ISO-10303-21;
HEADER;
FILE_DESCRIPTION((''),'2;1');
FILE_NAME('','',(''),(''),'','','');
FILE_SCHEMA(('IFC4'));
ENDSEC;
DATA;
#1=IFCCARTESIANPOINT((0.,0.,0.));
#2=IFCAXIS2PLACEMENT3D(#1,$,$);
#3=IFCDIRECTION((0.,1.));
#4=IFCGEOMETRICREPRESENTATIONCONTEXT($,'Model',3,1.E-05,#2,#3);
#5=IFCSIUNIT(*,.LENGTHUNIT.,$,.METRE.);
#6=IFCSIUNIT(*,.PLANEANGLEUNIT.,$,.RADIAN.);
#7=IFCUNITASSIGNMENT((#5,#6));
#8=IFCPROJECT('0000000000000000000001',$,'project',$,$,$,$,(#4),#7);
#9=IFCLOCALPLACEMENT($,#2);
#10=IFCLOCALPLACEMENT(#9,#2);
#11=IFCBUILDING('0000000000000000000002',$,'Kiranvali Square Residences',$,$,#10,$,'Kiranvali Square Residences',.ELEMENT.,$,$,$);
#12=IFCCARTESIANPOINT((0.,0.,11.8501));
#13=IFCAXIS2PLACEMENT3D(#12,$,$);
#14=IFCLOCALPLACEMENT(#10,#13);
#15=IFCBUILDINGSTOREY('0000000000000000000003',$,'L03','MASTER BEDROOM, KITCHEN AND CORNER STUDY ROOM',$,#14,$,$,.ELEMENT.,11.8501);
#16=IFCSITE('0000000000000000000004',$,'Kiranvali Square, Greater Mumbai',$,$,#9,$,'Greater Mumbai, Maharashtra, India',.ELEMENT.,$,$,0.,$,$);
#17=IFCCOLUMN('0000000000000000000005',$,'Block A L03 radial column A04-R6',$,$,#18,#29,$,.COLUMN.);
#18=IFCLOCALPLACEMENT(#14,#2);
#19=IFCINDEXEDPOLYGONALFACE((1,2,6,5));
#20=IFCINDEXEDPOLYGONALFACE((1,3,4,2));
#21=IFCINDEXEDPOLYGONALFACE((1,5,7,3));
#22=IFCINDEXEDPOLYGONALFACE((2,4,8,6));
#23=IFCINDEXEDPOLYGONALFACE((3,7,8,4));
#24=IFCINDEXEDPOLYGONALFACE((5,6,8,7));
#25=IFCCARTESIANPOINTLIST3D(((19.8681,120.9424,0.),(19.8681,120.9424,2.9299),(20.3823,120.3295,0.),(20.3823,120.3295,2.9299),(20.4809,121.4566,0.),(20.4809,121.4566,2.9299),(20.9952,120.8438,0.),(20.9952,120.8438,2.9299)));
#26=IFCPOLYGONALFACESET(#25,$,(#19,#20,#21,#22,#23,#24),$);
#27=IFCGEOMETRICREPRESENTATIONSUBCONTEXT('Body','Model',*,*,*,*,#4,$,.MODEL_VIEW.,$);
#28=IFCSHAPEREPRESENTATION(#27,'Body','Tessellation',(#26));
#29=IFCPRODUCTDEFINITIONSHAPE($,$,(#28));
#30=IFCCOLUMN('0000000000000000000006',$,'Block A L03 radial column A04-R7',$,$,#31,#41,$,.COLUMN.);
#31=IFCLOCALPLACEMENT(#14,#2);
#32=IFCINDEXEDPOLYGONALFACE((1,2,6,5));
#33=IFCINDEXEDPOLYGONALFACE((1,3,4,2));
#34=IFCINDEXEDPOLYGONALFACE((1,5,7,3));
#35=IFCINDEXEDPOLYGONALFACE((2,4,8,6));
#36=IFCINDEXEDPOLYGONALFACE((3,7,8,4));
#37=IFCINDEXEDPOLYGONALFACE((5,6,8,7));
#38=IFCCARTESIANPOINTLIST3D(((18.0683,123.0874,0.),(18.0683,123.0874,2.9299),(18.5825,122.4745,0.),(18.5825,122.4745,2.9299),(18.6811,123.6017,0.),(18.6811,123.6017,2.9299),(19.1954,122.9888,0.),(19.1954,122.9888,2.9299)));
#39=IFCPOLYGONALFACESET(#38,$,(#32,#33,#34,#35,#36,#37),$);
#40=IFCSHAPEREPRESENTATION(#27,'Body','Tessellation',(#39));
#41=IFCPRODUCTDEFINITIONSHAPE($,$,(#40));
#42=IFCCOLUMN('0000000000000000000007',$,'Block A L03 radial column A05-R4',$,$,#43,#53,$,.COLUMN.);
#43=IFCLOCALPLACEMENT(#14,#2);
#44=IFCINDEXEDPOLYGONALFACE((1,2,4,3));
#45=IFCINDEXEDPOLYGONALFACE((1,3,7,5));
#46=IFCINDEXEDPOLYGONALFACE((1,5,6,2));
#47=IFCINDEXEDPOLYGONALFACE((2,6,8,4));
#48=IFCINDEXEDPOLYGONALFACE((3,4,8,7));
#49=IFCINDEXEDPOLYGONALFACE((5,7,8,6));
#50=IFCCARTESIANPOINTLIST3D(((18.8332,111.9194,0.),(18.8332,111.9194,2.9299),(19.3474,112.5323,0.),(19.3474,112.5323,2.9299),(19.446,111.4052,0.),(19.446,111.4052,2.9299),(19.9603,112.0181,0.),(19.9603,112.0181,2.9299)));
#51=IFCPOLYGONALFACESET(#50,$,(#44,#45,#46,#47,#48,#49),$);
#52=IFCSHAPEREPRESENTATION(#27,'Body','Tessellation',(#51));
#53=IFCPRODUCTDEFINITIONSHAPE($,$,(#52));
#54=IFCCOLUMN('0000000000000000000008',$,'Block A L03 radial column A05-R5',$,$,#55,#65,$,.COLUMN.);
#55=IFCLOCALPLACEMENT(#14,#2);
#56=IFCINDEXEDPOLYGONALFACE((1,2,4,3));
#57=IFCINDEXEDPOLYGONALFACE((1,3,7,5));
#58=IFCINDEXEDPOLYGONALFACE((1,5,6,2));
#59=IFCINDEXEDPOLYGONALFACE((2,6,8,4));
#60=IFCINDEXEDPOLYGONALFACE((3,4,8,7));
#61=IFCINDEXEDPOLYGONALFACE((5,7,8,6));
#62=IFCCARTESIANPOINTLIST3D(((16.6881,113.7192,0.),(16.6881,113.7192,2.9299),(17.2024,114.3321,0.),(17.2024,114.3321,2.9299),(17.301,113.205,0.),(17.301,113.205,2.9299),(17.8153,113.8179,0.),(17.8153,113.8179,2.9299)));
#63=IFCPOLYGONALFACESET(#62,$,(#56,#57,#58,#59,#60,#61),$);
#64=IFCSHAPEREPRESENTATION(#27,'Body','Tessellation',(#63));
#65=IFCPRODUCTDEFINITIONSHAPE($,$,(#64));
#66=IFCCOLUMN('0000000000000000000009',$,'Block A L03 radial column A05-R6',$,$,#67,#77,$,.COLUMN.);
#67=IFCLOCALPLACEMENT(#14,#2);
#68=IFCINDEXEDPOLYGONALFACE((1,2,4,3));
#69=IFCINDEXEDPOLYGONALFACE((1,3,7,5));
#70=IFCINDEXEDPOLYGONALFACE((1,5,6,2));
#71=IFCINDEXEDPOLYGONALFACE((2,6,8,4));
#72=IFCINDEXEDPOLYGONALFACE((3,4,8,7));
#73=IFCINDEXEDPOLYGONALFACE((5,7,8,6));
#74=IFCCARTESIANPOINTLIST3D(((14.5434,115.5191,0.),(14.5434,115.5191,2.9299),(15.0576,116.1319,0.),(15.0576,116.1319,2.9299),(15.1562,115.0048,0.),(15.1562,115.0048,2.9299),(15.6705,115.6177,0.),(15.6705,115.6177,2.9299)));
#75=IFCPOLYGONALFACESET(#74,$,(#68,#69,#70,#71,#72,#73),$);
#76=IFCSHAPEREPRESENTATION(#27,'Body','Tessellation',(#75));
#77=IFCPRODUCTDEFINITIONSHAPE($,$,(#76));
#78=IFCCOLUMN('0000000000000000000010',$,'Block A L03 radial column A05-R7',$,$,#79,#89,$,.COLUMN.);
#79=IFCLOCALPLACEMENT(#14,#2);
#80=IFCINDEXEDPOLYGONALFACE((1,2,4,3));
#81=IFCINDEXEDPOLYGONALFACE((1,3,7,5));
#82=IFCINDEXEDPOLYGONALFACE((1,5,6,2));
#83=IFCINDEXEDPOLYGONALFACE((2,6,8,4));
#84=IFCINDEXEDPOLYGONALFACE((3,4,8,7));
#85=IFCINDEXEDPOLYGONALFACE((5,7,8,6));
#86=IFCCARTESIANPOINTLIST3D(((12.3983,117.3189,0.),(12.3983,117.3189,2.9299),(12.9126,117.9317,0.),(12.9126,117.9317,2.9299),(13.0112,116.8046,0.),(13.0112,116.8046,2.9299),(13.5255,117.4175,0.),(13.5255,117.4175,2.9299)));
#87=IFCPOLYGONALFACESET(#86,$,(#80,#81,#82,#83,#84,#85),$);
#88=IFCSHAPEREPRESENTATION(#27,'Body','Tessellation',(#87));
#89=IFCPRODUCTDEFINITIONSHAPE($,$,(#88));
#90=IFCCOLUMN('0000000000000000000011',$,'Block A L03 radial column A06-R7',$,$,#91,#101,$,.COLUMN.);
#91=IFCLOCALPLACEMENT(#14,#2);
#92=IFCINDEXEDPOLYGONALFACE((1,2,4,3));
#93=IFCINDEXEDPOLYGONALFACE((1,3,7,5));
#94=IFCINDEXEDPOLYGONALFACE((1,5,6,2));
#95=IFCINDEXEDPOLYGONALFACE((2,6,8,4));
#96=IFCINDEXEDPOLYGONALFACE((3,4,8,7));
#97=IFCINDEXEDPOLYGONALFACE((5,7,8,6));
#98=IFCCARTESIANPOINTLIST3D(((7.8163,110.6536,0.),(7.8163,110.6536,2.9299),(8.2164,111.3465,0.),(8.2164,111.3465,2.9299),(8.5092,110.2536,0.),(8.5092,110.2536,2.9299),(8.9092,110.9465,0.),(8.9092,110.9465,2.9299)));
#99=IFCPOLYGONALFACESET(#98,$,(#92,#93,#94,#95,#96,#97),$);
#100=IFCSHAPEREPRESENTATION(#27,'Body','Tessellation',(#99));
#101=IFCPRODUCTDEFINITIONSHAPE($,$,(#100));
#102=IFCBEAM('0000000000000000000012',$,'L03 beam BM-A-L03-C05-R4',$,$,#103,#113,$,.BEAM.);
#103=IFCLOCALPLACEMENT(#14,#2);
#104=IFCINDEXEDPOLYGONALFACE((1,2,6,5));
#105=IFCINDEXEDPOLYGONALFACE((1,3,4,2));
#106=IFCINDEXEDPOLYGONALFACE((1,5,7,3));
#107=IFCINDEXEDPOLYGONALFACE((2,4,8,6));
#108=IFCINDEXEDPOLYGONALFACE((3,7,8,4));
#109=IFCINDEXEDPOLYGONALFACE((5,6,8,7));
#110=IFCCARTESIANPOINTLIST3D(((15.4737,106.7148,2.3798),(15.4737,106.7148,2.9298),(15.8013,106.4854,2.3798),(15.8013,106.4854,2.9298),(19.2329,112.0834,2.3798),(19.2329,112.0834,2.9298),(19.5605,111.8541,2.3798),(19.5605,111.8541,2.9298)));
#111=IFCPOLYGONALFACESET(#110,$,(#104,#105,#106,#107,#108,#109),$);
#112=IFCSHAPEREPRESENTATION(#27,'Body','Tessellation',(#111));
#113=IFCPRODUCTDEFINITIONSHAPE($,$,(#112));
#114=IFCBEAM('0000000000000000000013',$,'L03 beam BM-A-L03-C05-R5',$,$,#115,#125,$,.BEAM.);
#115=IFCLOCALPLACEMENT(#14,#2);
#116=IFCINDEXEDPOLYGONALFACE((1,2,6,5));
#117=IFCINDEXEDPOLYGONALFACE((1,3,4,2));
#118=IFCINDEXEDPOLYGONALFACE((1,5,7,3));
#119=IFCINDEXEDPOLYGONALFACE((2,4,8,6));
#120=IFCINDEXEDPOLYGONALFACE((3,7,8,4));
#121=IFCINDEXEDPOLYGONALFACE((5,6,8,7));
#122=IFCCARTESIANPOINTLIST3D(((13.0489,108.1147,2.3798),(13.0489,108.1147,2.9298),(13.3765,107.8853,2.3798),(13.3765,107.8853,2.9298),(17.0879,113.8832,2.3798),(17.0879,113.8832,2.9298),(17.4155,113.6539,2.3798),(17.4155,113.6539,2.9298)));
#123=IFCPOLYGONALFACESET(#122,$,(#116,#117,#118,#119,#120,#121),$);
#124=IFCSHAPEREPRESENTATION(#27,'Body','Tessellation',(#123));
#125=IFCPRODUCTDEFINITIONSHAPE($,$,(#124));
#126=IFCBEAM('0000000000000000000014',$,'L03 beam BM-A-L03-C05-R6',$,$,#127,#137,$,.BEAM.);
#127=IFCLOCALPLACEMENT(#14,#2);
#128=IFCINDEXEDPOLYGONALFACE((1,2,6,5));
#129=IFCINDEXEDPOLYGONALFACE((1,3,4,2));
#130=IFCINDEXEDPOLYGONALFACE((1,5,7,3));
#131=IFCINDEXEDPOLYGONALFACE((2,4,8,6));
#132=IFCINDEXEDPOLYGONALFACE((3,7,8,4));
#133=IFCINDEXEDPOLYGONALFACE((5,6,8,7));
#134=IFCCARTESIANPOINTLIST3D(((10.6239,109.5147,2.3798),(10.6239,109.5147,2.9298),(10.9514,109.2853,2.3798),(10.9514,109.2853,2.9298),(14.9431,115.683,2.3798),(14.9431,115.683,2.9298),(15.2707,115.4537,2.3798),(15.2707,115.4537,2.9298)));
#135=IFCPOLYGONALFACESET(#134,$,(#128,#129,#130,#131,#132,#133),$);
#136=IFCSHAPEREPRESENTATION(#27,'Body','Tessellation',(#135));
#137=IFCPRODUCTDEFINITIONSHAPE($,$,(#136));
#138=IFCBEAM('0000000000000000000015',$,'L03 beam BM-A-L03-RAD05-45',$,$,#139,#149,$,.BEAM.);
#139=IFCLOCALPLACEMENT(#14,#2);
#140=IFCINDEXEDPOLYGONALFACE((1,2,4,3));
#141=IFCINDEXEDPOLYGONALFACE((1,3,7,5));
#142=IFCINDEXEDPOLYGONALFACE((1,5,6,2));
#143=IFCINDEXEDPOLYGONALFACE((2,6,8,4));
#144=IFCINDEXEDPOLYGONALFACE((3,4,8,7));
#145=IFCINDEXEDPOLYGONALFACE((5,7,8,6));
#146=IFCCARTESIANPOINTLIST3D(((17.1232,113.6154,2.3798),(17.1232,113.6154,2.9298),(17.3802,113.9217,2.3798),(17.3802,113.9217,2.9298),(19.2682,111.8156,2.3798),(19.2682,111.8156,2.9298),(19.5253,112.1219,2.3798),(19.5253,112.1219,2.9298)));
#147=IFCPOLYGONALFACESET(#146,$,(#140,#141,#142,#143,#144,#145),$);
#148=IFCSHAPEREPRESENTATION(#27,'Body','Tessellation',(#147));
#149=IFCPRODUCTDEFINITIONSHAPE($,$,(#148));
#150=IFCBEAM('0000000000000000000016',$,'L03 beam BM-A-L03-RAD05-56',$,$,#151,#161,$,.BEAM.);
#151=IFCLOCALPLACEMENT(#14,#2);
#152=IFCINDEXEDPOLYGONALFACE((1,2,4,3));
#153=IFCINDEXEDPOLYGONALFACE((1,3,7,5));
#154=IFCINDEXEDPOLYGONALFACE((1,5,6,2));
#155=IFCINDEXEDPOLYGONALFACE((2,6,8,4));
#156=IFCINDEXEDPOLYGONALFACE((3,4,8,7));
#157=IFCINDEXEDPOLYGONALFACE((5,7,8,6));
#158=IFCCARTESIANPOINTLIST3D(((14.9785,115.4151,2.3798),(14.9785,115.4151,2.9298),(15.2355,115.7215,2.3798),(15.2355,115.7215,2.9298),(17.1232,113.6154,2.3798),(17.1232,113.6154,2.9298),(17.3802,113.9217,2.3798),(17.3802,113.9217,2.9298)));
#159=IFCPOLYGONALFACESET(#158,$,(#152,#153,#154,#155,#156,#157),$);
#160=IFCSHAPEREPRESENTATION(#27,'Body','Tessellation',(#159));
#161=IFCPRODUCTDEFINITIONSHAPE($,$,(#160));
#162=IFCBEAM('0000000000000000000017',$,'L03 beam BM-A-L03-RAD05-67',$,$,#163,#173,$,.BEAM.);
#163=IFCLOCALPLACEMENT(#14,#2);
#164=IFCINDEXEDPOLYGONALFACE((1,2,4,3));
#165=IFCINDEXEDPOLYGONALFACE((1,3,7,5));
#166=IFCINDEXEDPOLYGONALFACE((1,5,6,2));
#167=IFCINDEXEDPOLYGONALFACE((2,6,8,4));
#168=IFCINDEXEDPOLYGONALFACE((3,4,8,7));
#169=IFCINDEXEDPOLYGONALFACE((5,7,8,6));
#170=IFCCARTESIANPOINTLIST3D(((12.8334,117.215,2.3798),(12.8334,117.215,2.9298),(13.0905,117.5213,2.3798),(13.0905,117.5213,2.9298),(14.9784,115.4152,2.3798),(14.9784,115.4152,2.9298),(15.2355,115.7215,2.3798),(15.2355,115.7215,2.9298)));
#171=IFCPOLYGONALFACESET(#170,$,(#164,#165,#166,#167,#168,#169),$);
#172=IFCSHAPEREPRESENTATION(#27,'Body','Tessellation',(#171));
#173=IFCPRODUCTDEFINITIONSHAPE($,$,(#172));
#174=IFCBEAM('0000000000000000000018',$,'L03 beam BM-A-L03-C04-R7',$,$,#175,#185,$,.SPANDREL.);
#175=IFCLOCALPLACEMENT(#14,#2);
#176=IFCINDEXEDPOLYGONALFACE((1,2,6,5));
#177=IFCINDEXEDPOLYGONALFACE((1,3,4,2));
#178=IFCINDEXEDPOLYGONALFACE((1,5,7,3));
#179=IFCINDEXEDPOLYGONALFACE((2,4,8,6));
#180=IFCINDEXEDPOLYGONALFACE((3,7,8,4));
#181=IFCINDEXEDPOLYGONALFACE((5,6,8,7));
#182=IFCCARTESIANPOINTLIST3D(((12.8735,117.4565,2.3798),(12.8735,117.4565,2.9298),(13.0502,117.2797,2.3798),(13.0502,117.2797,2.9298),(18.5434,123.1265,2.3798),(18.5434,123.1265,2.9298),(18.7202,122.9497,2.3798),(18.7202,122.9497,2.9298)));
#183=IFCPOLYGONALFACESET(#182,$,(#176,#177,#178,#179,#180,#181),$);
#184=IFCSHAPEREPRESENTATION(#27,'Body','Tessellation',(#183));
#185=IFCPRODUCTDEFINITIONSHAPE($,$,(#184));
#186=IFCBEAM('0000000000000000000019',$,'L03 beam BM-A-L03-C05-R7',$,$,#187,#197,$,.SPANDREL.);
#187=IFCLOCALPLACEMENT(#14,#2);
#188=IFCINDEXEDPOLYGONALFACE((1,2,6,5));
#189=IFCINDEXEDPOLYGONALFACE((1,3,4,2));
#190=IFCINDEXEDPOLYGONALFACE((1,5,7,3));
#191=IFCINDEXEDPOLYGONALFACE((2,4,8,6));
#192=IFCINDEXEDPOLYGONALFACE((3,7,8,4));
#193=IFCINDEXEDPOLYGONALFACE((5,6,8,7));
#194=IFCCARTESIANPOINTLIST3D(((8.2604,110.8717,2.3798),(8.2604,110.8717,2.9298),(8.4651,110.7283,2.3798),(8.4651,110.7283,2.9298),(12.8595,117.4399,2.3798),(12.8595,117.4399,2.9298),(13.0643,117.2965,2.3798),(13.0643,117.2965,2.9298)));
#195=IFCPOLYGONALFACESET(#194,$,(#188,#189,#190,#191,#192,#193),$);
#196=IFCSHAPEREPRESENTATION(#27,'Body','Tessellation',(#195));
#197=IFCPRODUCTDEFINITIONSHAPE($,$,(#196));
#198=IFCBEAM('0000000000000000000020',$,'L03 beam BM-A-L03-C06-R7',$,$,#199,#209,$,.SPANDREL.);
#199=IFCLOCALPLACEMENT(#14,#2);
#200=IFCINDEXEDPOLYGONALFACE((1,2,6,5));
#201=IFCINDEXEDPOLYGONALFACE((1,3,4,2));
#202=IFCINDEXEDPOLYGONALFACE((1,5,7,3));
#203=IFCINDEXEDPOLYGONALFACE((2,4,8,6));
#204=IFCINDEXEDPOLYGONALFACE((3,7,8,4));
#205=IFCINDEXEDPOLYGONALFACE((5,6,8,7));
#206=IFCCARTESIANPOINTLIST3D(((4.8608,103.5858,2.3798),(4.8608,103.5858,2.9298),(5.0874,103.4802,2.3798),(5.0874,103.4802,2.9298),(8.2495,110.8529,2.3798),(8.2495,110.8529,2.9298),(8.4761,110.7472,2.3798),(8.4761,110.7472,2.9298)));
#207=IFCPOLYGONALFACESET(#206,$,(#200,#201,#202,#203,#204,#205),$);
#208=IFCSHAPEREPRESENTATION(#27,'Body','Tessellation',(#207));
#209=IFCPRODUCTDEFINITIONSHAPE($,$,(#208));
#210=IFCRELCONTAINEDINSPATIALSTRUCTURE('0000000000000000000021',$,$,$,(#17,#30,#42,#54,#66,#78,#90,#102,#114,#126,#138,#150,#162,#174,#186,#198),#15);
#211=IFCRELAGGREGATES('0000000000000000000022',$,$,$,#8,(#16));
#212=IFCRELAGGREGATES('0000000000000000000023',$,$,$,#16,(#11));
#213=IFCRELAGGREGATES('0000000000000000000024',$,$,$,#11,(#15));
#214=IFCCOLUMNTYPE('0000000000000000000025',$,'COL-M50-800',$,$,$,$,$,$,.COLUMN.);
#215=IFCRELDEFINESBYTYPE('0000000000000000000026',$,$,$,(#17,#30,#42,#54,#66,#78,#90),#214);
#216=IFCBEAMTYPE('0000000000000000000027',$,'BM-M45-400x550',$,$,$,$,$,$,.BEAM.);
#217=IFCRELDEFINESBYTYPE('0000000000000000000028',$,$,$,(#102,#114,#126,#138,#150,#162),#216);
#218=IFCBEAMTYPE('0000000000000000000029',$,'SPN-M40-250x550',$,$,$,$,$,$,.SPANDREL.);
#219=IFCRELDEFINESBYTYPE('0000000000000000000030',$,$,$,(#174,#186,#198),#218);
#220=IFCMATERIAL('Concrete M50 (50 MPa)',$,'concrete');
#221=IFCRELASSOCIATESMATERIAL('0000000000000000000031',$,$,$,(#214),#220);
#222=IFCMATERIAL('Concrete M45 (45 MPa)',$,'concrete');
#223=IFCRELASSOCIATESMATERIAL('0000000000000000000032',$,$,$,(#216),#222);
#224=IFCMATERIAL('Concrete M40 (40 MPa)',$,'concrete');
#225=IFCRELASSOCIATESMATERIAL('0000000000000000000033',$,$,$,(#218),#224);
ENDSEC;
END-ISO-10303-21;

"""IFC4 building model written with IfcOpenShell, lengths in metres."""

from ifc_helpers import new_model, si_unit, direction, frame, origin, origin_2d, place, context, subcontext, project, spatial, rectangle, extrude, material, material_profile, profile_set, type_object, element, save


model = new_model("IFC4")

# Units and contexts
model_context = context("Model", 3, precision=1e-05, world=origin(), true_north=direction((0.0, 1.0)))
body_context = subcontext(model_context, "Body", "Model", "MODEL_VIEW")
ifc_project = project(units=[si_unit("LENGTHUNIT", "METRE"), si_unit("PLANEANGLEUNIT", "RADIAN")], contexts=[model_context])

# Site, building, storey
site_placement = place(None, origin())
site = spatial("IfcSite", under=ifc_project, at=site_placement, Name="Kiranvali Square, Greater Mumbai", LongName="Greater Mumbai, Maharashtra, India", CompositionType="ELEMENT", RefElevation=0.0)
building_placement = place(site_placement, origin())
building = spatial("IfcBuilding", under=site, at=building_placement, Name="Kiranvali Square Residences", LongName="Kiranvali Square Residences", CompositionType="ELEMENT")
storey_placement = place(building_placement, frame((0.0, 0.0, 11.8501)))
storey = spatial("IfcBuildingStorey", under=building, at=storey_placement, Name="L03", Description="MASTER BEDROOM, KITCHEN AND CORNER STUDY ROOM", CompositionType="ELEMENT", Elevation=11.8501)

# Columns
ifc_material_1 = material(Name="Concrete M50 (50 MPa)", Category="concrete")
ifc_material_profile_1 = material_profile(ifc_material_1, rectangle(XDim=0.8, YDim=0.8, at=origin_2d()), Name="RC 800x800")
ifc_profile_set_1 = profile_set([ifc_material_profile_1], Name="Concrete M50 (50 MPa)")
column_type = type_object("IfcColumnType", Name="COL-M50-800", PredefinedType="COLUMN", material=ifc_profile_set_1)
for number, where, z_axis, x_axis, name in (
    (1, (20.4316, 120.8931, 0.0), (0.0, 0.0, 1.0), (0.766044, 0.642788, 0.0), "Block A L03 radial column A04-R6"),
    (2, (18.6318, 123.0381, 0.0), (0.0, 0.0, 1.0), (0.766044, 0.642788, 0.0), "Block A L03 radial column A04-R7"),
    (3, (19.3967, 111.9688, 0.0), (0.0, 0.0, 1.0), (0.642788, 0.766044, 0.0), "Block A L03 radial column A05-R4"),
    (4, (17.2517, 113.7686, 0.0), (0.0, 0.0, 1.0), (0.642788, 0.766044, 0.0), "Block A L03 radial column A05-R5"),
    (5, (15.1069, 115.5684, 0.0), (0.0, 0.0, 1.0), (0.642788, 0.766044, 0.0), "Block A L03 radial column A05-R6"),
    (6, (12.9619, 117.3682, 0.0), (0.0, 0.0, 1.0), (0.642788, 0.766044, 0.0), "Block A L03 radial column A05-R7"),
    (7, (8.3628, 110.8, 0.0), (0.0, 0.0, 1.0), (0.5, 0.866025, 0.0), "Block A L03 radial column A06-R7"),
):
    element("IfcColumn", number, at=place(storey_placement, frame(where, z_axis=z_axis, x_axis=x_axis)), inside=storey, type_object=column_type, Name=name, PredefinedType="COLUMN", context=body_context, shape_type="SweptSolid", body=[
        extrude(rectangle(XDim=0.8, YDim=0.8, at=origin_2d()), origin(), (0.0, 0.0, 1.0), 2.9299),
    ])

# Beams
ifc_material_2 = material(Name="Concrete M45 (45 MPa)", Category="concrete")
ifc_material_profile_2 = material_profile(ifc_material_2, rectangle(XDim=0.3999, YDim=0.55, at=origin_2d()), Name="RC 400x550")
ifc_profile_set_2 = profile_set([ifc_material_profile_2], Name="Concrete M45 (45 MPa)")
beam_type_1 = type_object("IfcBeamType", Name="BM-M45-400x550", PredefinedType="BEAM", material=ifc_profile_set_2)
beam_1_placement = place(storey_placement, frame((19.3967, 111.9688, 2.6548), z_axis=(-0.573587, -0.819144, 0.0), x_axis=(0.819144, -0.573587, 0.0)))
element("IfcBeam", 8, at=beam_1_placement, inside=storey, type_object=beam_type_1, Name="L03 beam BM-A-L03-C05-R4", PredefinedType="BEAM", context=body_context, shape_type="SweptSolid", body=[
    extrude(rectangle(XDim=0.3999, YDim=0.55, at=origin_2d()), origin(), (0.0, 0.0, 1.0), 6.554),
])
beam_2_placement = place(storey_placement, frame((17.2517, 113.7686, 2.6548), z_axis=(-0.573565, -0.81916, 0.0), x_axis=(0.81916, -0.573565, 0.0)))
element("IfcBeam", 9, at=beam_2_placement, inside=storey, type_object=beam_type_1, Name="L03 beam BM-A-L03-C05-R5", PredefinedType="BEAM", context=body_context, shape_type="SweptSolid", body=[
    extrude(rectangle(XDim=0.3999, YDim=0.55, at=origin_2d()), origin(), (0.0, 0.0, 1.0), 7.042),
])
beam_3_placement = place(storey_placement, frame((15.1069, 115.5684, 2.6548), z_axis=(-0.573589, -0.819144, 0.0), x_axis=(0.819144, -0.573589, 0.0)))
element("IfcBeam", 10, at=beam_3_placement, inside=storey, type_object=beam_type_1, Name="L03 beam BM-A-L03-C05-R6", PredefinedType="BEAM", context=body_context, shape_type="SweptSolid", body=[
    extrude(rectangle(XDim=0.3999, YDim=0.55, at=origin_2d()), origin(), (0.0, 0.0, 1.0), 7.5303),
])
beam_4_placement = place(storey_placement, frame((19.3967, 111.9688, 2.6548), z_axis=(-0.766059, 0.642771, 0.0), x_axis=(-0.642771, -0.766059, 0.0)))
element("IfcBeam", 11, at=beam_4_placement, inside=storey, type_object=beam_type_1, Name="L03 beam BM-A-L03-RAD05-45", PredefinedType="BEAM", context=body_context, shape_type="SweptSolid", body=[
    extrude(rectangle(XDim=0.3999, YDim=0.55, at=origin_2d()), origin(), (0.0, 0.0, 1.0), 2.8),
])
beam_5_placement = place(storey_placement, frame((17.2517, 113.7686, 2.6548), z_axis=(-0.766023, 0.642814, 0.0), x_axis=(-0.642814, -0.766023, 0.0)))
element("IfcBeam", 12, at=beam_5_placement, inside=storey, type_object=beam_type_1, Name="L03 beam BM-A-L03-RAD05-56", PredefinedType="BEAM", context=body_context, shape_type="SweptSolid", body=[
    extrude(rectangle(XDim=0.3999, YDim=0.55, at=origin_2d()), origin(), (0.0, 0.0, 1.0), 2.7998),
])
beam_6_placement = place(storey_placement, frame((15.1069, 115.5684, 2.6548), z_axis=(-0.766059, 0.642771, 0.0), x_axis=(-0.642771, -0.766059, 0.0)))
element("IfcBeam", 13, at=beam_6_placement, inside=storey, type_object=beam_type_1, Name="L03 beam BM-A-L03-RAD05-67", PredefinedType="BEAM", context=body_context, shape_type="SweptSolid", body=[
    extrude(rectangle(XDim=0.3999, YDim=0.55, at=origin_2d()), origin(), (0.0, 0.0, 1.0), 2.8),
])
ifc_material_3 = material(Name="Concrete M40 (40 MPa)", Category="concrete")
ifc_material_profile_3 = material_profile(ifc_material_3, rectangle(XDim=0.25, YDim=0.55, at=origin_2d()), Name="RC 250x550")
ifc_profile_set_3 = profile_set([ifc_material_profile_3], Name="Concrete M40 (40 MPa)")
beam_type_2 = type_object("IfcBeamType", Name="SPN-M40-250x550", PredefinedType="SPANDREL", material=ifc_profile_set_3)
beam_7_placement = place(storey_placement, frame((18.6318, 123.0381, 2.6548), z_axis=(-0.707107, -0.707107, 0.0), x_axis=(0.707107, -0.707107, 0.0)))
element("IfcBeam", 14, at=beam_7_placement, inside=storey, type_object=beam_type_2, Name="L03 beam BM-A-L03-C04-R7", PredefinedType="SPANDREL", context=body_context, shape_type="SweptSolid", body=[
    extrude(rectangle(XDim=0.25, YDim=0.55, at=origin_2d()), origin(), (0.0, 0.0, 1.0), 8.0186),
])
for number, where, z_axis, x_axis, name in (
    (15, (12.9619, 117.3682, 2.6548), (-0.573583, -0.819148, 0.0), (0.819148, -0.573583, 0.0), "L03 beam BM-A-L03-C05-R7"),
    (16, (8.3628, 110.8, 2.6548), (-0.422615, -0.906309, 0.0), (0.906309, -0.422615, 0.0), "L03 beam BM-A-L03-C06-R7"),
):
    element("IfcBeam", number, at=place(storey_placement, frame(where, z_axis=z_axis, x_axis=x_axis)), inside=storey, type_object=beam_type_2, Name=name, PredefinedType="SPANDREL", context=body_context, shape_type="SweptSolid", body=[
        extrude(rectangle(XDim=0.25, YDim=0.55, at=origin_2d()), origin(), (0.0, 0.0, 1.0), 8.0183),
    ])

save(model, "model.ifc")
